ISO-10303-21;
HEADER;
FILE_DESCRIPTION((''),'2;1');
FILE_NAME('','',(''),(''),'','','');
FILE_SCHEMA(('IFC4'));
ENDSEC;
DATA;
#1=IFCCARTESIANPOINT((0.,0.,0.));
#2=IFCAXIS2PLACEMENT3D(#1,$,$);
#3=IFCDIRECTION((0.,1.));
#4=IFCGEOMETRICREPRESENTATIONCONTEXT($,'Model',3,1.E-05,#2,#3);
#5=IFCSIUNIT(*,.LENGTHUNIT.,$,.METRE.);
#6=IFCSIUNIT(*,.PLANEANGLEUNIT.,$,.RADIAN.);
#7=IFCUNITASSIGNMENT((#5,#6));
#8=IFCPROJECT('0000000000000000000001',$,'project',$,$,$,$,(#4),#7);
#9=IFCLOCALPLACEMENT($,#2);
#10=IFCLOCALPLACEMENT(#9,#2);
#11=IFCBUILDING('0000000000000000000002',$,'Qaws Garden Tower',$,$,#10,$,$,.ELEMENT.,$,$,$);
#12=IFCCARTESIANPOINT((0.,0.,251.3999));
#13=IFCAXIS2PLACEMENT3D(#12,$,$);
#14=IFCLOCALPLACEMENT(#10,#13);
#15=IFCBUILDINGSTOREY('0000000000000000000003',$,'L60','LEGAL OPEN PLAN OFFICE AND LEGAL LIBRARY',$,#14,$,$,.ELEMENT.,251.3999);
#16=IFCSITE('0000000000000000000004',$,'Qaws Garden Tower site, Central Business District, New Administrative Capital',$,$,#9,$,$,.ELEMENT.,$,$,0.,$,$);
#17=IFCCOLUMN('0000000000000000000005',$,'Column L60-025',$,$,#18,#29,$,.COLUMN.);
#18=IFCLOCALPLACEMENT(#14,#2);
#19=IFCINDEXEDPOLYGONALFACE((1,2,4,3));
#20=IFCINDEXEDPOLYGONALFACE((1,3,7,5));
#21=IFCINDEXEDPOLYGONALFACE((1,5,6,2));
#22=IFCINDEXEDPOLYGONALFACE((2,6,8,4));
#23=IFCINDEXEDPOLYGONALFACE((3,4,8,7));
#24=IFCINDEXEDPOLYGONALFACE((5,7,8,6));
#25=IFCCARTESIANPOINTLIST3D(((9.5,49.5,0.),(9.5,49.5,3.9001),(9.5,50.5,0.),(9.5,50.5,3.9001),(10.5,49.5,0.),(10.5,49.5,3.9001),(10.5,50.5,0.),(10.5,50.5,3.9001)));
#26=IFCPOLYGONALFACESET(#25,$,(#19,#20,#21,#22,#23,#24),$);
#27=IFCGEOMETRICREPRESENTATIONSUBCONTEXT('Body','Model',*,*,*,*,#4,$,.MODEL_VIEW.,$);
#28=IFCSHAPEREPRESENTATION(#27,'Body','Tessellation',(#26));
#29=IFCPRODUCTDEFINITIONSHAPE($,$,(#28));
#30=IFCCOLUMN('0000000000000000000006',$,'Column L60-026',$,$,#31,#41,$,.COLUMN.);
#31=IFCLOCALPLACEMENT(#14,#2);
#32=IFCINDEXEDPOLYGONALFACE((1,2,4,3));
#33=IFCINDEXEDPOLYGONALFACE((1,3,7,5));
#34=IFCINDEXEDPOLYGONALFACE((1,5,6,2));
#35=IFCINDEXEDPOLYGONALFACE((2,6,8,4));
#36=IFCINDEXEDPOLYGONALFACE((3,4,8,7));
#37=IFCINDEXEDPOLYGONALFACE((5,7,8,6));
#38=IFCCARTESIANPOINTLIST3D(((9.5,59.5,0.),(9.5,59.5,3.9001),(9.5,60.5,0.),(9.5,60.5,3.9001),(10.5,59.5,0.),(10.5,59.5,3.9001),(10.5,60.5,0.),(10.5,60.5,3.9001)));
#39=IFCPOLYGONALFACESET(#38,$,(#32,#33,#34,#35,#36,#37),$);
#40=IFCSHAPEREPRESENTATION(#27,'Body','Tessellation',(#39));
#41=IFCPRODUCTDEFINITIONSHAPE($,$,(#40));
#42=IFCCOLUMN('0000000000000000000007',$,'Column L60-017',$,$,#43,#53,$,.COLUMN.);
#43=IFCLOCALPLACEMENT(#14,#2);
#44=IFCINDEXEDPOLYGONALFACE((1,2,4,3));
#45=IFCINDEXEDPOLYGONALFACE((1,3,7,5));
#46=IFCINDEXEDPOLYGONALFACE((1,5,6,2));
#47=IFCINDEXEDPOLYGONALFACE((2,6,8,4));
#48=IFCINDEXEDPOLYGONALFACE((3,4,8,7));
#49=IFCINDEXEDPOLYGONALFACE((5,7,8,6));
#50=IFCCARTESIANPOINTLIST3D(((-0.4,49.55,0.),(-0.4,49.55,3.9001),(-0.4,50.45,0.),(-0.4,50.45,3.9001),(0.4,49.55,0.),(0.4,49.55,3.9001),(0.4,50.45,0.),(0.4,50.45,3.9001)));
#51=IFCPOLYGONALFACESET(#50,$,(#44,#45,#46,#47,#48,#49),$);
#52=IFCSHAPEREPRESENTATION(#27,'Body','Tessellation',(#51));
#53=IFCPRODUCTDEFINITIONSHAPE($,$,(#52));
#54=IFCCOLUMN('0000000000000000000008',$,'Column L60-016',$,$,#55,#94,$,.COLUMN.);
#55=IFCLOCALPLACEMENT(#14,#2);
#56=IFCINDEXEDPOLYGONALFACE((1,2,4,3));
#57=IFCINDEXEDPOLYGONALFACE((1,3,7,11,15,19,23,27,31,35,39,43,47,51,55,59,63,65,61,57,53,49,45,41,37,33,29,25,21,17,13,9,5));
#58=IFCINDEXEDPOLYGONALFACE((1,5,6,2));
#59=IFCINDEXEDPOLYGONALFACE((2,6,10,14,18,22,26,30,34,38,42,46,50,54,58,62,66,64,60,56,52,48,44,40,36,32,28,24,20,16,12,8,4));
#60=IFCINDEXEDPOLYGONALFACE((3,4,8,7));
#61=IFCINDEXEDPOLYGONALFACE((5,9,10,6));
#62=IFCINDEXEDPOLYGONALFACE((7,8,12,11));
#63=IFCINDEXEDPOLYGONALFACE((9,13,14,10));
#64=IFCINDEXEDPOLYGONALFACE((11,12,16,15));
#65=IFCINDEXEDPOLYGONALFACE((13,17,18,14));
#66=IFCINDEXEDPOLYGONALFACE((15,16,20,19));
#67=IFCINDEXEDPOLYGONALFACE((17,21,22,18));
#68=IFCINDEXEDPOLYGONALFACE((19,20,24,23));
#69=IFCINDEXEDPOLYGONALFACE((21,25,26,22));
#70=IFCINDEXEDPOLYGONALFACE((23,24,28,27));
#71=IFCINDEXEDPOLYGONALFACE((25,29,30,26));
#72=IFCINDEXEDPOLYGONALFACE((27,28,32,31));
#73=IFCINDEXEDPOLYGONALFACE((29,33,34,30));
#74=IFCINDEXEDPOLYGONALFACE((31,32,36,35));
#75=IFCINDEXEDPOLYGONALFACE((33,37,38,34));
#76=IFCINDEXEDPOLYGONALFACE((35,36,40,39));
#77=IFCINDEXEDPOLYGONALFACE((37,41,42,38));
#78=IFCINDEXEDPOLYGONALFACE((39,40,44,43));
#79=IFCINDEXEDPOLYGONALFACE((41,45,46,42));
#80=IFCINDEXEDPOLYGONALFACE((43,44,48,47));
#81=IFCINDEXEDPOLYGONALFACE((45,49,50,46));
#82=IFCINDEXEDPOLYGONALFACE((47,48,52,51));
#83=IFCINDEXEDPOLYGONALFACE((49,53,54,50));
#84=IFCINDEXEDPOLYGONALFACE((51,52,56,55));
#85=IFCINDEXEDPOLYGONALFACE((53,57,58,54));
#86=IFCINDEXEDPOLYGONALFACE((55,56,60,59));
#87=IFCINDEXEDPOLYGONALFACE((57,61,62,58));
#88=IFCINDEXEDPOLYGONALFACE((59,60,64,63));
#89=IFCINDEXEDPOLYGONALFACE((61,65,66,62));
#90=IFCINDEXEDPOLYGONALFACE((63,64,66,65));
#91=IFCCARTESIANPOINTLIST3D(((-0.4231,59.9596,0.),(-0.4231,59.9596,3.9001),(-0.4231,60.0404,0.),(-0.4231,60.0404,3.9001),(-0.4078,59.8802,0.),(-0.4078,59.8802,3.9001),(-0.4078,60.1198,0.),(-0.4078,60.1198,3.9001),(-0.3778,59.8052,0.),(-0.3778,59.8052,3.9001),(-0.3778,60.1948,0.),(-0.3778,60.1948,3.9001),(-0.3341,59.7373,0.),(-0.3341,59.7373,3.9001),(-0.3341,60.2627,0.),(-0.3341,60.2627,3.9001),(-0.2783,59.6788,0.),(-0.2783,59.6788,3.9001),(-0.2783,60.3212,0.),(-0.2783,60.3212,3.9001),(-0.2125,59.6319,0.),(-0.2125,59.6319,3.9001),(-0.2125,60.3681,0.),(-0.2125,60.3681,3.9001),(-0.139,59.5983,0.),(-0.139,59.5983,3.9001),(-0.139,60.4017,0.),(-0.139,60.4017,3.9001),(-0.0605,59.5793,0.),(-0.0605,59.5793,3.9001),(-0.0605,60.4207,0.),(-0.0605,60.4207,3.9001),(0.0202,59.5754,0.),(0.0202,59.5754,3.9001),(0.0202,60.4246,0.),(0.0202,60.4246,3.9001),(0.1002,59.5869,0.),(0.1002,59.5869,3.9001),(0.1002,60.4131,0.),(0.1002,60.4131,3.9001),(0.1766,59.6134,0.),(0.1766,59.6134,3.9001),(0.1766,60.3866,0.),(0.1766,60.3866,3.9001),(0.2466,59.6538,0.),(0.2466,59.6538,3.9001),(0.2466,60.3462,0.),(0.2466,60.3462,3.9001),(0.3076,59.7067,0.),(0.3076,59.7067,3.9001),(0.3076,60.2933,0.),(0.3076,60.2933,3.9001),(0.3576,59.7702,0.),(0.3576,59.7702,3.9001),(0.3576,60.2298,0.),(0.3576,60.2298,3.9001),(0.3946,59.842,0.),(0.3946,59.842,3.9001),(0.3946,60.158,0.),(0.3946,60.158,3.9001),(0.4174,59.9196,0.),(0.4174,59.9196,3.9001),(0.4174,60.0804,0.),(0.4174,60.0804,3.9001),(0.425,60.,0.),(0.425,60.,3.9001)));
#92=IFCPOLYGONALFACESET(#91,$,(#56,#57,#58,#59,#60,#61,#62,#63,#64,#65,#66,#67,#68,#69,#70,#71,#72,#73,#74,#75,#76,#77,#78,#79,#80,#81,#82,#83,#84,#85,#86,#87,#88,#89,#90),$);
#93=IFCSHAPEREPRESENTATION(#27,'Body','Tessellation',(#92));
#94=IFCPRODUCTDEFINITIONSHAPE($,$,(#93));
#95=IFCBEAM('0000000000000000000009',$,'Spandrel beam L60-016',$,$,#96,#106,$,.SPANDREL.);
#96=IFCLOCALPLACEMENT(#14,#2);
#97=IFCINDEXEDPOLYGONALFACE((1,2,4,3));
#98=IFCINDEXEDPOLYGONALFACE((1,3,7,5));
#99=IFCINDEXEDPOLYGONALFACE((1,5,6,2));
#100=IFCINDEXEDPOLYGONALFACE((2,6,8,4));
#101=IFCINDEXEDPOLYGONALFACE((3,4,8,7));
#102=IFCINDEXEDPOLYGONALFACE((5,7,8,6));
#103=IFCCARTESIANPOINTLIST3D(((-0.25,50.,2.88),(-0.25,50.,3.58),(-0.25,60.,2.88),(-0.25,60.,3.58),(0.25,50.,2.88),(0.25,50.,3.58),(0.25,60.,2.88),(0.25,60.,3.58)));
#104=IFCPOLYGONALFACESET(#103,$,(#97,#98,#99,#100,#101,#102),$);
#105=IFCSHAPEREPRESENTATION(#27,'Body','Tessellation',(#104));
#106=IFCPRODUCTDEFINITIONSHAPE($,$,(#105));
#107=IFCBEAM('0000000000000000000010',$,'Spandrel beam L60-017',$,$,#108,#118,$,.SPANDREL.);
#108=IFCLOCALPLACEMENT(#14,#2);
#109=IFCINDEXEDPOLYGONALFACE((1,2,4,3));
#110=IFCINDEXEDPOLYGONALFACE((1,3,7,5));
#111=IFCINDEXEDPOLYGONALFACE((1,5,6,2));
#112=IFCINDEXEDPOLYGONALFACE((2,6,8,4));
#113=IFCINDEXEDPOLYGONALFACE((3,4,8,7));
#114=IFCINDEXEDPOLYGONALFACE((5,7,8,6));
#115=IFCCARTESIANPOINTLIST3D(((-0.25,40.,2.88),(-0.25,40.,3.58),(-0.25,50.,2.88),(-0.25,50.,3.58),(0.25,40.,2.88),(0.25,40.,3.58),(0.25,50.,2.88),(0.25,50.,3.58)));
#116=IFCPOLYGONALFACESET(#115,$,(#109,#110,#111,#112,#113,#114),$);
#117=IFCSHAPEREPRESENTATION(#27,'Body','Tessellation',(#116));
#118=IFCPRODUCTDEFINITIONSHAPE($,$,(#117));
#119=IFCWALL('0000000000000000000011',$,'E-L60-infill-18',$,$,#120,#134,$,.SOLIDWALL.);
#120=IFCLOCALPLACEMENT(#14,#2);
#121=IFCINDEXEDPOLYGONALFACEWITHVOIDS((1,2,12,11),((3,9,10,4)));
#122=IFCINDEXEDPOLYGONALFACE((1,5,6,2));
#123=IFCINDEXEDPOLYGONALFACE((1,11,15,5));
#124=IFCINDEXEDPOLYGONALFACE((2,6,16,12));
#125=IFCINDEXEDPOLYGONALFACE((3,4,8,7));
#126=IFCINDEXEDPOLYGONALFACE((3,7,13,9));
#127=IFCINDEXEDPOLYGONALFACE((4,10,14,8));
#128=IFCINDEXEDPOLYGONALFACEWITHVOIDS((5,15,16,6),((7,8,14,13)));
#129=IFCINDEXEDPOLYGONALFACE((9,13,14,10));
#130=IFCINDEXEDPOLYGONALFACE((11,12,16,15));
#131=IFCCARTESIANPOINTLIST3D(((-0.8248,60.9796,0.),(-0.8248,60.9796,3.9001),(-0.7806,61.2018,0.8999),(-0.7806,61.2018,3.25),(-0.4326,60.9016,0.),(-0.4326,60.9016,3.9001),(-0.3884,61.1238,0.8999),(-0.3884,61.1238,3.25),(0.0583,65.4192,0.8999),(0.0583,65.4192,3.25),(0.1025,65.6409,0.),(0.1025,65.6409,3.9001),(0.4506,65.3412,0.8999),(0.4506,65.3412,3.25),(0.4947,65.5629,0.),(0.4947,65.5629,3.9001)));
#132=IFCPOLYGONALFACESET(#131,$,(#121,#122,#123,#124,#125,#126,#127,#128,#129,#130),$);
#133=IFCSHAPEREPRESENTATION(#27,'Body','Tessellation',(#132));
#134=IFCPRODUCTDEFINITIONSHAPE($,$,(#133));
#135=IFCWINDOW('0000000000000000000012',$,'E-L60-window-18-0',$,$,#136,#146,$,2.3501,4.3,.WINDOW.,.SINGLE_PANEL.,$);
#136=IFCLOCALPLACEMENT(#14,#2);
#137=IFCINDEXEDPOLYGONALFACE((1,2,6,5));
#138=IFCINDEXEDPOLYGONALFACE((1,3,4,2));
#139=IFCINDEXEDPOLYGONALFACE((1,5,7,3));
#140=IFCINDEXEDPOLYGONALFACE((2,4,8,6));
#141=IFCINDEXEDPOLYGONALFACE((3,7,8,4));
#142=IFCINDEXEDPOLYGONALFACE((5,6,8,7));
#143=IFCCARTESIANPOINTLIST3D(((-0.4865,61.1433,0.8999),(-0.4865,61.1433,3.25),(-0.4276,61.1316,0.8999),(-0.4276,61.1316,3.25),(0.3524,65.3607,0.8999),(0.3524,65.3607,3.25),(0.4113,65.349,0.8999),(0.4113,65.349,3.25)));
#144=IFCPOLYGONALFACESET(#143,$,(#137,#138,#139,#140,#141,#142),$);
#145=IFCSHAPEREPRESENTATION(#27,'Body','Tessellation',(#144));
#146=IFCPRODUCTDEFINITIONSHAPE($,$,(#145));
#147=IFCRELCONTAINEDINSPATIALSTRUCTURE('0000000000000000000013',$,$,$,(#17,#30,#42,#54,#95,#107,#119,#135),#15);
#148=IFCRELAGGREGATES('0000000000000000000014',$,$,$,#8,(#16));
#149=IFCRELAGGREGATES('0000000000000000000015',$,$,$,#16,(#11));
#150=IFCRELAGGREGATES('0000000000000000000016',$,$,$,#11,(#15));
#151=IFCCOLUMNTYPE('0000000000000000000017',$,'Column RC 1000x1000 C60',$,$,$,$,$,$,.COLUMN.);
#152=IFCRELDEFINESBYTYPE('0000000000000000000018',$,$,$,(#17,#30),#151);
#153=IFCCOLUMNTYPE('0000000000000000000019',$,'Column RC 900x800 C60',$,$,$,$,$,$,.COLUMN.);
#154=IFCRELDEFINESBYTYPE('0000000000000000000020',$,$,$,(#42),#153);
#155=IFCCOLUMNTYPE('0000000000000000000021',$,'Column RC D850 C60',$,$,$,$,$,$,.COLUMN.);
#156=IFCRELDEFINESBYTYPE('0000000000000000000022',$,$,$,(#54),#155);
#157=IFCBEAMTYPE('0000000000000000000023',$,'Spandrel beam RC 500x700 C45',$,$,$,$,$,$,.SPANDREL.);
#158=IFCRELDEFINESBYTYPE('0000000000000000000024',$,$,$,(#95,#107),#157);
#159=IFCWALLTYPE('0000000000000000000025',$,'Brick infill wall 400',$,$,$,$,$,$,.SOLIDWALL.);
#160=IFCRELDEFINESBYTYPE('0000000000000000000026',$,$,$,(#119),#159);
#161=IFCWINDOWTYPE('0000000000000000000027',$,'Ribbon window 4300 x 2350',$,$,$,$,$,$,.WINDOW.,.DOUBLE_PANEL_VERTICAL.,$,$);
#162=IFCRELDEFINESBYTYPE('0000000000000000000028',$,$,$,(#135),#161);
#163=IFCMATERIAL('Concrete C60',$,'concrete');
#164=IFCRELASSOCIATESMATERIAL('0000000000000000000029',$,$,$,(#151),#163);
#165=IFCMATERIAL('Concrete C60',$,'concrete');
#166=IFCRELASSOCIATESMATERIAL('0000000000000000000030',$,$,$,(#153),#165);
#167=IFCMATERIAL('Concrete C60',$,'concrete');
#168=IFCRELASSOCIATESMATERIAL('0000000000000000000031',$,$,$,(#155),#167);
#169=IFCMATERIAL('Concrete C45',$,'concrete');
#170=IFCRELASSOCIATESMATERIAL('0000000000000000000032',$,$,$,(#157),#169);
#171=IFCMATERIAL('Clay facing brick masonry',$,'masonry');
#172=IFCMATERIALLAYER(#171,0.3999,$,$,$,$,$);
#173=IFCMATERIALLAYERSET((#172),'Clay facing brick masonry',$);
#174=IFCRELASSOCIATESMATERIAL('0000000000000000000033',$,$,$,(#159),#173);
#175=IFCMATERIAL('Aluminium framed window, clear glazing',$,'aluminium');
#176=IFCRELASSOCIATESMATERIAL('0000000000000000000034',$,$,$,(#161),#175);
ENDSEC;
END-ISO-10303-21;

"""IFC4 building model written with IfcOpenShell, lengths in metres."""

from ifc_helpers import new_model, si_unit, direction, frame, frame_2d, origin, origin_2d, place, context, subcontext, project, spatial, rectangle, circle, extrude, material, layer, layer_set, material_profile, profile_set, type_object, element, fill, save


model = new_model("IFC4")

# Units and contexts
model_context = context("Model", 3, precision=1e-05, world=origin(), true_north=direction((0.0, 1.0)))
body_context = subcontext(model_context, "Body", "Model", "MODEL_VIEW")
ifc_project = project(units=[si_unit("LENGTHUNIT", "METRE"), si_unit("PLANEANGLEUNIT", "RADIAN")], contexts=[model_context])

# Site, building, storey
site_placement = place(None, origin())
site = spatial("IfcSite", under=ifc_project, at=site_placement, Name="Qaws Garden Tower site, Central Business District, New Administrative Capital", CompositionType="ELEMENT", RefElevation=0.0)
building_placement = place(site_placement, origin())
building = spatial("IfcBuilding", under=site, at=building_placement, Name="Qaws Garden Tower", CompositionType="ELEMENT")
storey_placement = place(building_placement, frame((0.0, 0.0, 251.3999)))
storey = spatial("IfcBuildingStorey", under=building, at=storey_placement, Name="L60", Description="LEGAL OPEN PLAN OFFICE AND LEGAL LIBRARY", CompositionType="ELEMENT", Elevation=251.3999)

# Columns
ifc_material_1 = material(Name="Concrete C60", Category="concrete")
ifc_material_profile_1 = material_profile(ifc_material_1, rectangle(XDim=1.0, YDim=1.0, at=origin_2d()), Name="RC 1000x1000")
ifc_profile_set_1 = profile_set([ifc_material_profile_1], Name="Concrete C60")
column_type_1 = type_object("IfcColumnType", Name="Column RC 1000x1000 C60", PredefinedType="COLUMN", material=ifc_profile_set_1)
for number, where, z_axis, x_axis, name in (
    (1, (10.0, 50.0, 0.0), (0.0, 0.0, 1.0), (1.0, 0.0, 0.0), "Column L60-025"),
    (2, (10.0, 60.0, 0.0), (0.0, 0.0, 1.0), (1.0, 0.0, 0.0), "Column L60-026"),
):
    element("IfcColumn", number, at=place(storey_placement, frame(where, z_axis=z_axis, x_axis=x_axis)), inside=storey, type_object=column_type_1, Name=name, PredefinedType="COLUMN", context=body_context, shape_type="SweptSolid", body=[
        extrude(rectangle(XDim=1.0, YDim=1.0, at=origin_2d()), origin(), (0.0, 0.0, 1.0), 3.9001),
    ])
ifc_material_2 = material(Name="Concrete C60", Category="concrete")
ifc_material_profile_2 = material_profile(ifc_material_2, rectangle(XDim=0.8999, YDim=0.8, at=origin_2d()), Name="RC 900x800")
ifc_profile_set_2 = profile_set([ifc_material_profile_2], Name="Concrete C60")
column_type_2 = type_object("IfcColumnType", Name="Column RC 900x800 C60", PredefinedType="COLUMN", material=ifc_profile_set_2)
column_1_placement = place(storey_placement, frame((0.0, 50.0, 0.0), z_axis=(0.0, 0.0, 1.0), x_axis=(0.0, 1.0, 0.0)))
element("IfcColumn", 3, at=column_1_placement, inside=storey, type_object=column_type_2, Name="Column L60-017", PredefinedType="COLUMN", context=body_context, shape_type="SweptSolid", body=[
    extrude(rectangle(XDim=0.8999, YDim=0.8, at=origin_2d()), origin(), (0.0, 0.0, 1.0), 3.9001),
])
ifc_material_3 = material(Name="Concrete C60", Category="concrete")
ifc_material_profile_3 = material_profile(ifc_material_3, circle(Radius=0.425, at=origin_2d()), Name="RC D850")
ifc_profile_set_3 = profile_set([ifc_material_profile_3], Name="Concrete C60")
column_type_3 = type_object("IfcColumnType", Name="Column RC D850 C60", PredefinedType="COLUMN", material=ifc_profile_set_3)
column_2_placement = place(storey_placement, frame((0.0, 60.0, 0.0), z_axis=(0.0, 0.0, 1.0), x_axis=(1.0, 0.0, 0.0)))
element("IfcColumn", 4, at=column_2_placement, inside=storey, type_object=column_type_3, Name="Column L60-016", PredefinedType="COLUMN", context=body_context, shape_type="SweptSolid", body=[
    extrude(circle(Radius=0.425, at=origin_2d()), origin(), (0.0, 0.0, 1.0), 3.9001),
])

# Beams
ifc_material_4 = material(Name="Concrete C45", Category="concrete")
ifc_material_profile_4 = material_profile(ifc_material_4, rectangle(XDim=0.5, YDim=0.7, at=origin_2d()), Name="RC 500x700")
ifc_profile_set_4 = profile_set([ifc_material_profile_4], Name="Concrete C45")
beam_type = type_object("IfcBeamType", Name="Spandrel beam RC 500x700 C45", PredefinedType="SPANDREL", material=ifc_profile_set_4)
for number, where, z_axis, x_axis, name in (
    (5, (0.0, 60.0, 3.23), (0.0, -1.0, 0.0), (1.0, 0.0, 0.0), "Spandrel beam L60-016"),
    (6, (0.0, 50.0, 3.23), (0.0, -1.0, 0.0), (1.0, 0.0, 0.0), "Spandrel beam L60-017"),
):
    element("IfcBeam", number, at=place(storey_placement, frame(where, z_axis=z_axis, x_axis=x_axis)), inside=storey, type_object=beam_type, Name=name, PredefinedType="SPANDREL", context=body_context, shape_type="SweptSolid", body=[
        extrude(rectangle(XDim=0.5, YDim=0.7, at=origin_2d()), origin(), (0.0, 0.0, 1.0), 10.0),
    ])

# Wall, opening, window
ifc_material_5 = material(Name="Clay facing brick masonry", Category="masonry")
ifc_layer_1 = layer(ifc_material_5, 0.3999)
ifc_layer_set_1 = layer_set([ifc_layer_1], Name="Clay facing brick masonry")
wall_type_1 = type_object("IfcWallType", Name="Brick infill wall 400", PredefinedType="SOLIDWALL", material=ifc_layer_set_1)
wall_1_placement = place(storey_placement, frame((0.2986, 65.6021, 0.0), z_axis=(0.0, 0.0, 1.0), x_axis=(-0.195099, -0.980784, 0.0)))
wall_1 = element("IfcWall", 7, at=wall_1_placement, inside=storey, type_object=wall_type_1, Name="E-L60-infill-18", PredefinedType="SOLIDWALL", context=body_context, shape_type="SweptSolid", body=[
    extrude(rectangle(XDim=4.7527, YDim=0.3999, at=frame_2d((2.3765, 0.0))), origin(), (0.0, 0.0, 1.0), 3.9001),
])
opening_1_placement = place(wall_1_placement, frame((0.2263, 0.0, 0.8999)))
opening_1 = element("IfcOpeningElement", 8, at=opening_1_placement, cuts=wall_1, PredefinedType="OPENING", context=body_context, shape_type="SweptSolid", body=[
    extrude(rectangle(XDim=4.3, YDim=2.3501, at=frame_2d((2.1499, 1.175))), frame((0.0, 0.21, 0.0), z_axis=(0.0, -1.0, 0.0), x_axis=(1.0, 0.0, 0.0)), (0.0, 0.0, 1.0), 0.4199),
])
ifc_material_6 = material(Name="Aluminium framed window, clear glazing", Category="aluminium")
window_type_1 = type_object("IfcWindowType", Name="Ribbon window 4300 x 2350", PartitioningType="DOUBLE_PANEL_VERTICAL", PredefinedType="WINDOW", material=ifc_material_6)
window_1_placement = place(opening_1_placement, origin())
window_1 = element("IfcWindow", 9, at=window_1_placement, inside=storey, type_object=window_type_1, Name="E-L60-window-18-0", OverallHeight=2.3501, OverallWidth=4.3, PartitioningType="SINGLE_PANEL", PredefinedType="WINDOW", context=body_context, shape_type="SweptSolid", body=[
    extrude(rectangle(XDim=4.3, YDim=2.3501, at=frame_2d((2.1499, 1.175))), frame((0.0, 0.1599, 0.0), z_axis=(0.0, -1.0, 0.0), x_axis=(1.0, 0.0, 0.0)), (0.0, 0.0, 1.0), 0.0601),
])
fill(opening_1, window_1)

save(model, "model.ifc")
